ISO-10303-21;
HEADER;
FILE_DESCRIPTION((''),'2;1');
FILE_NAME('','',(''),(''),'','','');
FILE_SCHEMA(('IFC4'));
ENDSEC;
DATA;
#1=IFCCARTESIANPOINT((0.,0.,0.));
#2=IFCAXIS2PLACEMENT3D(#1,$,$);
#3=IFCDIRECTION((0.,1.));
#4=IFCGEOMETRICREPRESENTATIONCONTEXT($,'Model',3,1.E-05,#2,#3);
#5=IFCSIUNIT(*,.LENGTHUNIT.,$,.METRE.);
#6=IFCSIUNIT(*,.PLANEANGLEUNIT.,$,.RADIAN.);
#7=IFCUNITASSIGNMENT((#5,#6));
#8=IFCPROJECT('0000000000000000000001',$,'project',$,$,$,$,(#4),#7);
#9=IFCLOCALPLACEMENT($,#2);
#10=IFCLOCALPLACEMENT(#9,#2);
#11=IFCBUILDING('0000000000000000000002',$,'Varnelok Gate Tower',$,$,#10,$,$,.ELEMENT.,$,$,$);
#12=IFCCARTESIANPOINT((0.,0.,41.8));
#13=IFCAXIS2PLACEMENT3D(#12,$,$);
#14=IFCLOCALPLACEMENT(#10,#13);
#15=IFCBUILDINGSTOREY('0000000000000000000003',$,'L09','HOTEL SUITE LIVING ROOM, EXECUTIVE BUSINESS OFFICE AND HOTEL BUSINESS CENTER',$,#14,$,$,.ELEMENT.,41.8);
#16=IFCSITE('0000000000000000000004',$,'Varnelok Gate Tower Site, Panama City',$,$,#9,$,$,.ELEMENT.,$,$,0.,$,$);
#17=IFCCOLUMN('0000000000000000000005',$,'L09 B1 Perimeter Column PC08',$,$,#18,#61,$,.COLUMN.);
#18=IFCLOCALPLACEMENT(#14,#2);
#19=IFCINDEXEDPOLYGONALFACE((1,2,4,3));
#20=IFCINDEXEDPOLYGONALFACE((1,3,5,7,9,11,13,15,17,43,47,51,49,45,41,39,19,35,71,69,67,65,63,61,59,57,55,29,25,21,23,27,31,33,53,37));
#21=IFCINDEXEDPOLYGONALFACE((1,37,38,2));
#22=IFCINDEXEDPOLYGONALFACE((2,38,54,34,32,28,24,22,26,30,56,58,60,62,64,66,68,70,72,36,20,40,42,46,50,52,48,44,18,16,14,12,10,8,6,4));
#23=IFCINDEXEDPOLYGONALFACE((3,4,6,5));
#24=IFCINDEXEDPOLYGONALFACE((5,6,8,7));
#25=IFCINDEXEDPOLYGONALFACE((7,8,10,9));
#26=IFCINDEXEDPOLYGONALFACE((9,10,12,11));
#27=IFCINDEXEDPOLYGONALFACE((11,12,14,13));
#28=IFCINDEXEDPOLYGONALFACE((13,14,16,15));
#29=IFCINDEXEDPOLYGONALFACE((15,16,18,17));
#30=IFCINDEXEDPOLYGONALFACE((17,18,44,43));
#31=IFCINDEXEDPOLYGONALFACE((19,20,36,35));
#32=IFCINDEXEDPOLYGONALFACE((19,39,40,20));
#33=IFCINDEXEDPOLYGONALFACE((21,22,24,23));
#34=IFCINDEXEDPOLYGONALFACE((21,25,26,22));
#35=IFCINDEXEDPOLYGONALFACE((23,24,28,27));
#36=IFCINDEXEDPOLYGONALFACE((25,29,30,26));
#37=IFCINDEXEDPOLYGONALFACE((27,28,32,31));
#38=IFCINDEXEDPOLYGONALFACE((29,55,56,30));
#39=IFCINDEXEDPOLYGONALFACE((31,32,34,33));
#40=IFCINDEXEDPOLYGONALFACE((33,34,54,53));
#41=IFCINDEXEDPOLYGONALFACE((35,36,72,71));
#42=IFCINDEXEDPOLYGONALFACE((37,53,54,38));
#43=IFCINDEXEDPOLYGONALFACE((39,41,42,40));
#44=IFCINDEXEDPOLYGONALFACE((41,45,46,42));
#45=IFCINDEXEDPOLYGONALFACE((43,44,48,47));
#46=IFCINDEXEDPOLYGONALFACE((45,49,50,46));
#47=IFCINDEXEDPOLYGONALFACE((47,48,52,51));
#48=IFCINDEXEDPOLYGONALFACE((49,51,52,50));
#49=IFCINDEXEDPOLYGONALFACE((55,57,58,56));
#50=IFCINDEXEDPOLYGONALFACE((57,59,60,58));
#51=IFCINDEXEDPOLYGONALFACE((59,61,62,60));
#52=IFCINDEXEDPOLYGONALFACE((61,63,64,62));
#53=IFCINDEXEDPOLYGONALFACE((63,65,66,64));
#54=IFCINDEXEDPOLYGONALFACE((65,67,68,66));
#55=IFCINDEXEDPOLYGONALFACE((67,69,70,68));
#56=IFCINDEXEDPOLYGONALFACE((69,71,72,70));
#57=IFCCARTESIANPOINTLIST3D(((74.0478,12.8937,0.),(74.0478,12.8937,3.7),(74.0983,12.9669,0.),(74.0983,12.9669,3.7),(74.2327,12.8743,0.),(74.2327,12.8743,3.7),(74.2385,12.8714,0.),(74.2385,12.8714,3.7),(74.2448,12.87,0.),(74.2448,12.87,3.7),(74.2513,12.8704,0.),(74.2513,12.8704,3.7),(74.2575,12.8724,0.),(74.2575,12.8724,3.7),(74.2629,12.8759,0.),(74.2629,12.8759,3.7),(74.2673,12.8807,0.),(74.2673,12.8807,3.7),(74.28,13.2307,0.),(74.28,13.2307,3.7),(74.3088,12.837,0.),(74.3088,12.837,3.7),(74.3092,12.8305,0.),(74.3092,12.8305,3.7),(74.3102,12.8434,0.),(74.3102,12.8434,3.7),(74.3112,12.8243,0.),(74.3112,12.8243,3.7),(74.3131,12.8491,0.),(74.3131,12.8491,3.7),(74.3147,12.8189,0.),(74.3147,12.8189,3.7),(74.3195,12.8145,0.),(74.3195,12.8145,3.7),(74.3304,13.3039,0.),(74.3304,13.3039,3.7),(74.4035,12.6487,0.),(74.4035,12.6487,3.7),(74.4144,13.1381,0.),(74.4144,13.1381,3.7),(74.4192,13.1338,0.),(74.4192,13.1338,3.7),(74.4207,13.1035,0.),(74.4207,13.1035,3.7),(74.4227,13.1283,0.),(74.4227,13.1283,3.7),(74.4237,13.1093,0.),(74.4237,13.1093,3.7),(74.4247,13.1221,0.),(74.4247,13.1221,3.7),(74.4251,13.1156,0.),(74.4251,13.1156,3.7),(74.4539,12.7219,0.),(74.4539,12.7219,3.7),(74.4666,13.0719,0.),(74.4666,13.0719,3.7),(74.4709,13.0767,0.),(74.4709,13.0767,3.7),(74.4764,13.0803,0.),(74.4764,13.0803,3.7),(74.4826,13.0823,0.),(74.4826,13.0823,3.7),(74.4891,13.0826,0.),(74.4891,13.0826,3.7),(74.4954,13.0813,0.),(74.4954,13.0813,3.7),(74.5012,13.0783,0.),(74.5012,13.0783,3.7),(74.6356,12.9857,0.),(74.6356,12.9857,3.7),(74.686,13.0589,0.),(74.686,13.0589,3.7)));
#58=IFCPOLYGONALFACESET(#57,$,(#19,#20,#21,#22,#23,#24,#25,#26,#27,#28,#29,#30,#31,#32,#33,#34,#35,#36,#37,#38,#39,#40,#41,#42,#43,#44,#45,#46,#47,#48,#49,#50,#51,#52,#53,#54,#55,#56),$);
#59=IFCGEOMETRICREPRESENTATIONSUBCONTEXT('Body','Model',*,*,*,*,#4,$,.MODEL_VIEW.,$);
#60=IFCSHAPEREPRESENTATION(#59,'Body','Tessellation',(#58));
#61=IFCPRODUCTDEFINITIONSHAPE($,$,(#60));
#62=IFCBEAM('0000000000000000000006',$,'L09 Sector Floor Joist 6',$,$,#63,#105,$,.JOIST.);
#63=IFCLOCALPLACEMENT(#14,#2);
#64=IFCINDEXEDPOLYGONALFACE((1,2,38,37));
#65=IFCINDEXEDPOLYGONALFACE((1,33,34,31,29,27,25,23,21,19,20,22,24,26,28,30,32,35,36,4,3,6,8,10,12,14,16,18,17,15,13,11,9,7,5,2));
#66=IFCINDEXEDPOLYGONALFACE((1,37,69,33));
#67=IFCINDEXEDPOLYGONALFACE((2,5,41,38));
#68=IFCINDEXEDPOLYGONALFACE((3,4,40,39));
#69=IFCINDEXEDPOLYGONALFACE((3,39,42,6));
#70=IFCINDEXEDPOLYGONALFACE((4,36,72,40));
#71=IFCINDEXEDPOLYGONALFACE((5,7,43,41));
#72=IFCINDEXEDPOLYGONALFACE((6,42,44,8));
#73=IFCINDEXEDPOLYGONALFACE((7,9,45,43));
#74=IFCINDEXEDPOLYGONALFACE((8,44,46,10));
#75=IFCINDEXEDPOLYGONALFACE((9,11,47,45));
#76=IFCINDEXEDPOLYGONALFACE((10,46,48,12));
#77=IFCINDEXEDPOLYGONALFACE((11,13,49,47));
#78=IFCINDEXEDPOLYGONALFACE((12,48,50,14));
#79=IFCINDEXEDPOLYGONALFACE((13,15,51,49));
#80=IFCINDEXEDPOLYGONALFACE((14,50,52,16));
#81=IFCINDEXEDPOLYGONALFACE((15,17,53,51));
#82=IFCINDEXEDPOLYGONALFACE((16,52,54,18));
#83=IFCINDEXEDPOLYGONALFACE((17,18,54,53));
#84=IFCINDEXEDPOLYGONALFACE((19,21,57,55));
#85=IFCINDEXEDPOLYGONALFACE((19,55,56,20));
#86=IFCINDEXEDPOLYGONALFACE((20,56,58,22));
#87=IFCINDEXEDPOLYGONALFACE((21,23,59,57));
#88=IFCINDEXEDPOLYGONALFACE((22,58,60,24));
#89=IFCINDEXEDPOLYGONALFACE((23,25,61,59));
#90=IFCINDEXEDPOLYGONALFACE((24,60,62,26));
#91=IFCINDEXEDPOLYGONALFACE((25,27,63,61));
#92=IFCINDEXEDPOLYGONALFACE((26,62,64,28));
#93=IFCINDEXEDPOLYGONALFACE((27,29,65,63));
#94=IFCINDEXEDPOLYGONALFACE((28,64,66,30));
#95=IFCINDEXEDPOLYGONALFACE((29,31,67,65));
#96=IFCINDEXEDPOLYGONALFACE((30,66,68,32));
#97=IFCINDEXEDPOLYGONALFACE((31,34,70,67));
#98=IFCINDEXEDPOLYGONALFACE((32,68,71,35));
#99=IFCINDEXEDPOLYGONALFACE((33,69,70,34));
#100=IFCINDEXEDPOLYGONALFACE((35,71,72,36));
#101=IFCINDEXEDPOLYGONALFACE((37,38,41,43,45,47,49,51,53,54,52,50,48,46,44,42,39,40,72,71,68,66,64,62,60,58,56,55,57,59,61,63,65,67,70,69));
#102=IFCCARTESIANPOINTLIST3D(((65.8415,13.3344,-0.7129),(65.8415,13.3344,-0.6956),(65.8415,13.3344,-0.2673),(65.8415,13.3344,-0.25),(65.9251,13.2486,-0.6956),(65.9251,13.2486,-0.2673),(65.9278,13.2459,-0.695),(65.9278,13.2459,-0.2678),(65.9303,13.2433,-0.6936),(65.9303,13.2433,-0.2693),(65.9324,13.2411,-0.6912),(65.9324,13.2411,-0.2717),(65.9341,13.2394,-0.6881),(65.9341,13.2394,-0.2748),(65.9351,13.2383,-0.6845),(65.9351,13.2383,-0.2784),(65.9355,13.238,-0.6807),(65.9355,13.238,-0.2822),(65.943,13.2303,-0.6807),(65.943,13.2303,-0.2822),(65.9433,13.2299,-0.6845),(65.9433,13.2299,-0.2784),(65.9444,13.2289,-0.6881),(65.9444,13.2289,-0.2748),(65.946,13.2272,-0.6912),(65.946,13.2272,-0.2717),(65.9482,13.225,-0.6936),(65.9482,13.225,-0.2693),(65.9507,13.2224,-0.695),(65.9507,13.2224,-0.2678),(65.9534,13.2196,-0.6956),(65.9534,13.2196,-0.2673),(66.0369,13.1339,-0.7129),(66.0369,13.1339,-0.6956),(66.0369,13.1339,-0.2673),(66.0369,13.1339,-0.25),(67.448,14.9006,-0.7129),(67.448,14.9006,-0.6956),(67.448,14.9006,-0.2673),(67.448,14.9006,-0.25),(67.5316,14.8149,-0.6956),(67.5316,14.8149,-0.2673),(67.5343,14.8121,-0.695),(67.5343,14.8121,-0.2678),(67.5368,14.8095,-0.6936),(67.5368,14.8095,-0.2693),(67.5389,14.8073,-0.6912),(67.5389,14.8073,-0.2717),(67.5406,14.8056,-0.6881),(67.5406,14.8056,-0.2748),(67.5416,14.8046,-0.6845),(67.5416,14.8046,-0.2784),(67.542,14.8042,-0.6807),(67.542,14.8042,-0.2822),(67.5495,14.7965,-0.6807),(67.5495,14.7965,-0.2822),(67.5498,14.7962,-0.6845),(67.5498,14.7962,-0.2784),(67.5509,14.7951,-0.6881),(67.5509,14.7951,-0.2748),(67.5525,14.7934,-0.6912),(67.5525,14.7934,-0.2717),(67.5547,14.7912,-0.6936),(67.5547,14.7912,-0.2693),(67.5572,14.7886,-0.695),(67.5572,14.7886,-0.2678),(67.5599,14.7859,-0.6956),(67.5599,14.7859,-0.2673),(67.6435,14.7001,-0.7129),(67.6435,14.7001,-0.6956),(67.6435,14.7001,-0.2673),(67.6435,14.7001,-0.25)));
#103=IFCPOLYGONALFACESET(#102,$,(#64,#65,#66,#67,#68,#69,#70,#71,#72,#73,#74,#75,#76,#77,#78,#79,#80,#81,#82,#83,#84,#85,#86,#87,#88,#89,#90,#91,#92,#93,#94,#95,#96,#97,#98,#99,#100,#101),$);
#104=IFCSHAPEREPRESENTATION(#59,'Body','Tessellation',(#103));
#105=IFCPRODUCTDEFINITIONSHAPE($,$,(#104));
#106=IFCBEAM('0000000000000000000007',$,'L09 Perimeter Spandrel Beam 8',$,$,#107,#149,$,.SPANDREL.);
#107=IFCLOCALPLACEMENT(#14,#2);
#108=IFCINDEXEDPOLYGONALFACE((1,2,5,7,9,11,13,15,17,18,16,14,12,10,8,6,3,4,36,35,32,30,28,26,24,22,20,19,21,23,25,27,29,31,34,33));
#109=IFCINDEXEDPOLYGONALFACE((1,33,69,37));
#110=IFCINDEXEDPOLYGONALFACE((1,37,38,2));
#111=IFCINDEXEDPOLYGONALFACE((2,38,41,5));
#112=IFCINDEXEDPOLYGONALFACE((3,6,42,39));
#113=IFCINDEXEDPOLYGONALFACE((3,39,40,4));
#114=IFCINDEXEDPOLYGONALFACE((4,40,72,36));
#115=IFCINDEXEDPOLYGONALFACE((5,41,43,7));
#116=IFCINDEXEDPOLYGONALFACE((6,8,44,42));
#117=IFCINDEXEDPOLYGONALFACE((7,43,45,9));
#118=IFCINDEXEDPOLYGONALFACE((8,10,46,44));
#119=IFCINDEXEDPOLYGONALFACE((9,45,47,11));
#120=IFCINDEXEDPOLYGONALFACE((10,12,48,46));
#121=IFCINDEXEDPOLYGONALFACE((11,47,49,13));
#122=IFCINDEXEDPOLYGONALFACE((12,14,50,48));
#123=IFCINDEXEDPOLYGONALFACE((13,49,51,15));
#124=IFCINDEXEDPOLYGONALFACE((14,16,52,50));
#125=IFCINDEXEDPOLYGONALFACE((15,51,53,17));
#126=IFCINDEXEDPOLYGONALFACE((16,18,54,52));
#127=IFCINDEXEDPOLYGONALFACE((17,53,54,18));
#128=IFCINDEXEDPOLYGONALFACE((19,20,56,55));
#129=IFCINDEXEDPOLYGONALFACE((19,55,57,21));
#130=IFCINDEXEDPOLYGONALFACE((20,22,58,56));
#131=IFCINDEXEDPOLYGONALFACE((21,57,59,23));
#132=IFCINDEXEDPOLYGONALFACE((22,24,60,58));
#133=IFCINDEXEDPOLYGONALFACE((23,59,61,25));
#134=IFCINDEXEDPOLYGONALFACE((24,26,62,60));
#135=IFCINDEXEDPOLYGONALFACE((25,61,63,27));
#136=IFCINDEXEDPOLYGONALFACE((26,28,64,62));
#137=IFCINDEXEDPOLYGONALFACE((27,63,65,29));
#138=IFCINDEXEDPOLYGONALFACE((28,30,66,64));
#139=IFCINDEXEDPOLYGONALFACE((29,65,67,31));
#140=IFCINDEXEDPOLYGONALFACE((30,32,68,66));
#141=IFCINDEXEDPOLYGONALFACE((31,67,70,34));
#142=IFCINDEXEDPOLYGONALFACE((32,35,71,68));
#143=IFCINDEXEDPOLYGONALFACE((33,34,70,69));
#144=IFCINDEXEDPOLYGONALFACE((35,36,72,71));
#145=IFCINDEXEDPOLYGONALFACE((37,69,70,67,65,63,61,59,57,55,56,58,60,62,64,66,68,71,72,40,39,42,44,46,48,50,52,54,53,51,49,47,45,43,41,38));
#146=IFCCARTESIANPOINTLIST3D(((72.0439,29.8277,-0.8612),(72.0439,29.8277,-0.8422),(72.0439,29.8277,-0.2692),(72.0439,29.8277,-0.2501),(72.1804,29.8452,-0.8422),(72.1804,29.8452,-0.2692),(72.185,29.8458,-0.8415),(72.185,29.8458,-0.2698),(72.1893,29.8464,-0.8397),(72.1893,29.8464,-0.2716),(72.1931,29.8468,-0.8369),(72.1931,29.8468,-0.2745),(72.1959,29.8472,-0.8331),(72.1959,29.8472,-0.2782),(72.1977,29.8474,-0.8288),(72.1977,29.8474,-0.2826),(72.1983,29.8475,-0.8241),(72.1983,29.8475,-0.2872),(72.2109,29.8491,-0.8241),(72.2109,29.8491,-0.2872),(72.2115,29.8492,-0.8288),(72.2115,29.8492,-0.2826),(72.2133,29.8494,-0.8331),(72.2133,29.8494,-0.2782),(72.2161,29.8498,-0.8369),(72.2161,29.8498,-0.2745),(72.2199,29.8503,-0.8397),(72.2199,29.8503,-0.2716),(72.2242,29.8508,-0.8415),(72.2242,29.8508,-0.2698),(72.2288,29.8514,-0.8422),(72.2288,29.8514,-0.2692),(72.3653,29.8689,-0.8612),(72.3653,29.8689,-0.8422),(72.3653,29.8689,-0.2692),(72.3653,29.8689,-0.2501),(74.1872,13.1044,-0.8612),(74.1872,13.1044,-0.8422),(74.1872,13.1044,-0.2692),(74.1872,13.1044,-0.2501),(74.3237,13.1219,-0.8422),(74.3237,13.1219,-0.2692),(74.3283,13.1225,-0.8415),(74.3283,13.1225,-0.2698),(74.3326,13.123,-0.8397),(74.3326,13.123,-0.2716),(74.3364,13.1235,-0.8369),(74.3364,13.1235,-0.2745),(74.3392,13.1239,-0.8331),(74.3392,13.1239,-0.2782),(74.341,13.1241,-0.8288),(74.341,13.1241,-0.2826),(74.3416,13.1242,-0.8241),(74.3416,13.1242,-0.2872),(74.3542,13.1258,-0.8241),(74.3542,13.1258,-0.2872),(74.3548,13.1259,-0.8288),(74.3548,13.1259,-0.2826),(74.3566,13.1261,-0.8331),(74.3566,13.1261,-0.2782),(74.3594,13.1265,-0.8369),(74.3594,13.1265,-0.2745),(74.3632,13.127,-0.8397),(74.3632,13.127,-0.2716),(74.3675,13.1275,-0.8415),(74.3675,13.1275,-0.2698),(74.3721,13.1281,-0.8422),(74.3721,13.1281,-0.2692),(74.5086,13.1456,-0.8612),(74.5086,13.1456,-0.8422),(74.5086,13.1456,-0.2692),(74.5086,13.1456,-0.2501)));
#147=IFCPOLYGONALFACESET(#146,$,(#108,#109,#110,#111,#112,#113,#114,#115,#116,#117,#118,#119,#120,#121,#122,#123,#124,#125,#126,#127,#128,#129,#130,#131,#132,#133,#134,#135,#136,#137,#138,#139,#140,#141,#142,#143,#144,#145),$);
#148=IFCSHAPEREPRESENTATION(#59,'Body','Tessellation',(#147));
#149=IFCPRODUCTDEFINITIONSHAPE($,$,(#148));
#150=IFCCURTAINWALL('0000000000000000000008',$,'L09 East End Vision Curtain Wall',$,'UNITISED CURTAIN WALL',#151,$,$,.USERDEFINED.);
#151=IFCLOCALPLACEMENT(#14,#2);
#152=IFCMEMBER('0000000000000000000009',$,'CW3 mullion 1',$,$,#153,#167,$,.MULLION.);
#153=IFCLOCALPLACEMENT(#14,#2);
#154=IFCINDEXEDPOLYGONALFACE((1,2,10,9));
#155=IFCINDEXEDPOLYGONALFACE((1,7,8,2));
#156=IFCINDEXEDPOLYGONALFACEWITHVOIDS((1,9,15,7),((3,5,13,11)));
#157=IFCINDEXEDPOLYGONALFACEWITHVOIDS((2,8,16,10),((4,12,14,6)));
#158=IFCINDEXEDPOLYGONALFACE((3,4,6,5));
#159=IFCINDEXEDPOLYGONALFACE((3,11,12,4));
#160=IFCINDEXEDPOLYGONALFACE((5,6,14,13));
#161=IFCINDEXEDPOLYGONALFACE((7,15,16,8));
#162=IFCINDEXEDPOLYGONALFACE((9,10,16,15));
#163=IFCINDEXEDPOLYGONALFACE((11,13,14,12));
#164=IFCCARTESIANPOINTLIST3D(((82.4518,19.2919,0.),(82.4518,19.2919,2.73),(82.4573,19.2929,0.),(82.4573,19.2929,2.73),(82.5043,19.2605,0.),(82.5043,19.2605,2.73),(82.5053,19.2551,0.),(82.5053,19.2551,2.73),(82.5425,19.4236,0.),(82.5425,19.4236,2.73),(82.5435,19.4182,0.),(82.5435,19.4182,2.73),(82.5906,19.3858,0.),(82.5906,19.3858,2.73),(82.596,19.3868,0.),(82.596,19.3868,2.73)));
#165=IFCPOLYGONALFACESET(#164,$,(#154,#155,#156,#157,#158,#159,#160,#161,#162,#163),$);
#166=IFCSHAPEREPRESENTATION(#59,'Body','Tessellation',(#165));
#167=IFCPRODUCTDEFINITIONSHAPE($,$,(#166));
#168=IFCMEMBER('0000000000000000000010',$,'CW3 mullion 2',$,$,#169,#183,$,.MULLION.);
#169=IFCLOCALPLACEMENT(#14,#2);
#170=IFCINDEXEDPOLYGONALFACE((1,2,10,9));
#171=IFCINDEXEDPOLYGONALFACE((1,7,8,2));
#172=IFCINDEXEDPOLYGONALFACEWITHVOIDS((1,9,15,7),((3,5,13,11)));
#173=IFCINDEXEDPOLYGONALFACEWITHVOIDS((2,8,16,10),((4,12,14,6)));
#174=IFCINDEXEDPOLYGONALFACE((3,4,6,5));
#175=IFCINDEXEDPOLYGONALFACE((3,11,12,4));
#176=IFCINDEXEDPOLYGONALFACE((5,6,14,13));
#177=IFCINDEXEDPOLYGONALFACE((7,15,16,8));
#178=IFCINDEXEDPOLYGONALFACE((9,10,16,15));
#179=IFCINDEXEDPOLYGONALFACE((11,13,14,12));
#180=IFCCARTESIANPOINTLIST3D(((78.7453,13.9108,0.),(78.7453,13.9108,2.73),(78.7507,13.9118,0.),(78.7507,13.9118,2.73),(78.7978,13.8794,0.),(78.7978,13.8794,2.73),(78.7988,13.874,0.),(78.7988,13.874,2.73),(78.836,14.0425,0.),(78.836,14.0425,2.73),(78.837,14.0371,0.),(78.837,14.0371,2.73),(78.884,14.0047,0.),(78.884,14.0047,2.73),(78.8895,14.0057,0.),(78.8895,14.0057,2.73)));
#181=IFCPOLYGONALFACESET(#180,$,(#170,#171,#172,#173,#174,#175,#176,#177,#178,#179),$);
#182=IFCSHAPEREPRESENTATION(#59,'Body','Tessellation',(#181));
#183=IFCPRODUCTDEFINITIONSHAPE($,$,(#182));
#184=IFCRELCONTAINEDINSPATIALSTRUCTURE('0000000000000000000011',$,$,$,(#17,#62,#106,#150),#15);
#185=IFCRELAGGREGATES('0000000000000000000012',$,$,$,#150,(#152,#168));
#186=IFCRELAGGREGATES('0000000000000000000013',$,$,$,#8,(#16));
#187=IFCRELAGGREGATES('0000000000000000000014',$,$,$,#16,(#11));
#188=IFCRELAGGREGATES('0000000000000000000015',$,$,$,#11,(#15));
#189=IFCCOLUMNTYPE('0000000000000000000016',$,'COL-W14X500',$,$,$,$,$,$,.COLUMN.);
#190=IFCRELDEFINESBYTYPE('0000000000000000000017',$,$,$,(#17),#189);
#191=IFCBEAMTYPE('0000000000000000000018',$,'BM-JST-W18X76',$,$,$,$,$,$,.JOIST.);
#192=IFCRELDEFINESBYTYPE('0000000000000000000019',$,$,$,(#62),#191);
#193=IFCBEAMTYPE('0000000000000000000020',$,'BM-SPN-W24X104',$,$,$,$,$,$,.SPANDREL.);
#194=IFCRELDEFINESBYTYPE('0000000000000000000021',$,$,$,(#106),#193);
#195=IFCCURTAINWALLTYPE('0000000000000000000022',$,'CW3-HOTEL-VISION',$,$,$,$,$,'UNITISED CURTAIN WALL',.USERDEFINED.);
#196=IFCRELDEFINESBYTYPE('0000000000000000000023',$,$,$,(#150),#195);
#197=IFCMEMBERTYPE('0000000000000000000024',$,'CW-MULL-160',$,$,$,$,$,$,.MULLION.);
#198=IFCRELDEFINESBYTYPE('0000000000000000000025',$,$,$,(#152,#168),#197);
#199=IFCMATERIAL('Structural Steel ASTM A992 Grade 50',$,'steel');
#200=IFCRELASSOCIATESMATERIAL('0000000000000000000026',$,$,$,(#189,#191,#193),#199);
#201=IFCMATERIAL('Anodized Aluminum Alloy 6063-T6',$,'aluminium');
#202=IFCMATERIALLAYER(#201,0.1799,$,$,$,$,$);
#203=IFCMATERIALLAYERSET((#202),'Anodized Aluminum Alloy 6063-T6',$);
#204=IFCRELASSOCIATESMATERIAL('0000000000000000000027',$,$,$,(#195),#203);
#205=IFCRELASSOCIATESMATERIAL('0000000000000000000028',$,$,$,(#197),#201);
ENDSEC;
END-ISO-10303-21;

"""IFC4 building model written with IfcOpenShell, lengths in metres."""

from ifc_helpers import new_model, si_unit, direction, frame, origin, origin_2d, place, context, subcontext, project, spatial, hollow_rectangle, i_section, extrude, material, layer, layer_set, material_profile, profile_set, type_object, element, aggregate, save


model = new_model("IFC4")

# Units and contexts
model_context = context("Model", 3, precision=1e-05, world=origin(), true_north=direction((0.0, 1.0)))
body_context = subcontext(model_context, "Body", "Model", "MODEL_VIEW")
ifc_project = project(units=[si_unit("LENGTHUNIT", "METRE"), si_unit("PLANEANGLEUNIT", "RADIAN")], contexts=[model_context])

# Site, building, storey
site_placement = place(None, origin())
site = spatial("IfcSite", under=ifc_project, at=site_placement, Name="Varnelok Gate Tower Site, Panama City", CompositionType="ELEMENT", RefElevation=0.0)
building_placement = place(site_placement, origin())
building = spatial("IfcBuilding", under=site, at=building_placement, Name="Varnelok Gate Tower", CompositionType="ELEMENT")
storey_placement = place(building_placement, frame((0.0, 0.0, 41.8)))
storey = spatial("IfcBuildingStorey", under=building, at=storey_placement, Name="L09", Description="HOTEL SUITE LIVING ROOM, EXECUTIVE BUSINESS OFFICE AND HOTEL BUSINESS CENTER", CompositionType="ELEMENT", Elevation=41.8)

# Column
ifc_material_1 = material(Name="Structural Steel ASTM A992 Grade 50", Category="steel")
ifc_material_profile_1 = material_profile(ifc_material_1, i_section(OverallWidth=0.4319, OverallDepth=0.498, WebThickness=0.0557, FlangeThickness=0.0889, FilletRadius=0.0249, at=origin_2d()), Name="W14X500")
ifc_profile_set_1 = profile_set([ifc_material_profile_1], Name="Structural Steel ASTM A992 Grade 50")
column_type = type_object("IfcColumnType", Name="COL-W14X500", PredefinedType="COLUMN", material=ifc_profile_set_1)
column_placement = place(storey_placement, frame((74.3669, 12.9763, 0.0), z_axis=(0.0, 0.0, 1.0), x_axis=(0.823533, -0.567269, 0.0)))
element("IfcColumn", 1, at=column_placement, inside=storey, type_object=column_type, Name="L09 B1 Perimeter Column PC08", PredefinedType="COLUMN", context=body_context, shape_type="SweptSolid", body=[
    extrude(i_section(OverallWidth=0.4319, OverallDepth=0.498, WebThickness=0.0557, FlangeThickness=0.0889, FilletRadius=0.0249, at=origin_2d()), origin(), (0.0, 0.0, 1.0), 3.7),
])

# Beams
ifc_material_profile_2 = material_profile(ifc_material_1, i_section(OverallWidth=0.28, OverallDepth=0.4629, WebThickness=0.0107, FlangeThickness=0.0173, FilletRadius=0.0149, at=origin_2d()), Name="W18X76")
ifc_profile_set_2 = profile_set([ifc_material_profile_2], Name="Structural Steel ASTM A992 Grade 50")
beam_type_1 = type_object("IfcBeamType", Name="BM-JST-W18X76", PredefinedType="JOIST", material=ifc_profile_set_2)
beam_1_placement = place(storey_placement, frame((65.9392, 13.2341, -0.4814), z_axis=(0.716027, 0.698072, 0.0), x_axis=(-0.698072, 0.716027, 0.0)))
element("IfcBeam", 2, at=beam_1_placement, inside=storey, type_object=beam_type_1, Name="L09 Sector Floor Joist 6", PredefinedType="JOIST", context=body_context, shape_type="SweptSolid", body=[
    extrude(i_section(OverallWidth=0.28, OverallDepth=0.4629, WebThickness=0.0107, FlangeThickness=0.0173, FilletRadius=0.0149, at=origin_2d()), origin(), (0.0, 0.0, 1.0), 2.2437),
])
ifc_material_profile_3 = material_profile(ifc_material_1, i_section(OverallWidth=0.324, OverallDepth=0.6111, WebThickness=0.0127, FlangeThickness=0.019, FilletRadius=0.0181, at=origin_2d()), Name="W24X104")
ifc_profile_set_3 = profile_set([ifc_material_profile_3], Name="Structural Steel ASTM A992 Grade 50")
beam_type_2 = type_object("IfcBeamType", Name="BM-SPN-W24X104", PredefinedType="SPANDREL", material=ifc_profile_set_3)
beam_2_placement = place(storey_placement, frame((74.3479, 13.125, -0.5557), z_axis=(-0.127123, 0.991887, 0.0), x_axis=(-0.991887, -0.127123, 0.0)))
element("IfcBeam", 3, at=beam_2_placement, inside=storey, type_object=beam_type_2, Name="L09 Perimeter Spandrel Beam 8", PredefinedType="SPANDREL", context=body_context, shape_type="SweptSolid", body=[
    extrude(i_section(OverallWidth=0.324, OverallDepth=0.6111, WebThickness=0.0127, FlangeThickness=0.019, FilletRadius=0.0181, at=origin_2d()), origin(), (0.0, 0.0, 1.0), 16.8601),
])

# Curtain wall, members
ifc_material_2 = material(Name="Anodized Aluminum Alloy 6063-T6", Category="aluminium")
ifc_layer_1 = layer(ifc_material_2, 0.1799)
ifc_layer_set_1 = layer_set([ifc_layer_1], Name="Anodized Aluminum Alloy 6063-T6")
curtain_wall_type = type_object("IfcCurtainWallType", Name="CW3-HOTEL-VISION", ElementType="UNITISED CURTAIN WALL", PredefinedType="USERDEFINED", material=ifc_layer_set_1)
curtain_wall_placement = place(storey_placement, origin())
curtain_wall = element("IfcCurtainWall", 4, at=curtain_wall_placement, inside=storey, type_object=curtain_wall_type, Name="L09 East End Vision Curtain Wall", ObjectType="UNITISED CURTAIN WALL", PredefinedType="USERDEFINED")
ifc_material_profile_4 = material_profile(ifc_material_2, hollow_rectangle(XDim=0.0649, YDim=0.1599, WallThickness=0.0039, at=origin_2d()), Name="ALU160X65X4")
ifc_profile_set_4 = profile_set([ifc_material_profile_4], Name="Anodized Aluminum Alloy 6063-T6")
member_type_1 = type_object("IfcMemberType", Name="CW-MULL-160", PredefinedType="MULLION", material=ifc_profile_set_4)
member_1_placement = place(storey_placement, frame((82.5239, 19.3394, 0.0), z_axis=(0.0, 0.0, 1.0), x_axis=(0.823533, -0.567269, 0.0)))
member_1 = element("IfcMember", 5, at=member_1_placement, type_object=member_type_1, Name="CW3 mullion 1", PredefinedType="MULLION", context=body_context, shape_type="SweptSolid", body=[
    extrude(hollow_rectangle(XDim=0.0649, YDim=0.1599, WallThickness=0.0039, at=origin_2d()), origin(), (0.0, 0.0, 1.0), 2.73),
])
member_2_placement = place(storey_placement, frame((78.8174, 13.9583, 0.0), z_axis=(0.0, 0.0, 1.0), x_axis=(0.823533, -0.567269, 0.0)))
member_2 = element("IfcMember", 6, at=member_2_placement, type_object=member_type_1, Name="CW3 mullion 2", PredefinedType="MULLION", context=body_context, shape_type="SweptSolid", body=[
    extrude(hollow_rectangle(XDim=0.0649, YDim=0.1599, WallThickness=0.0039, at=origin_2d()), origin(), (0.0, 0.0, 1.0), 2.73),
])
aggregate(curtain_wall, [member_1, member_2])

save(model, "model.ifc")
